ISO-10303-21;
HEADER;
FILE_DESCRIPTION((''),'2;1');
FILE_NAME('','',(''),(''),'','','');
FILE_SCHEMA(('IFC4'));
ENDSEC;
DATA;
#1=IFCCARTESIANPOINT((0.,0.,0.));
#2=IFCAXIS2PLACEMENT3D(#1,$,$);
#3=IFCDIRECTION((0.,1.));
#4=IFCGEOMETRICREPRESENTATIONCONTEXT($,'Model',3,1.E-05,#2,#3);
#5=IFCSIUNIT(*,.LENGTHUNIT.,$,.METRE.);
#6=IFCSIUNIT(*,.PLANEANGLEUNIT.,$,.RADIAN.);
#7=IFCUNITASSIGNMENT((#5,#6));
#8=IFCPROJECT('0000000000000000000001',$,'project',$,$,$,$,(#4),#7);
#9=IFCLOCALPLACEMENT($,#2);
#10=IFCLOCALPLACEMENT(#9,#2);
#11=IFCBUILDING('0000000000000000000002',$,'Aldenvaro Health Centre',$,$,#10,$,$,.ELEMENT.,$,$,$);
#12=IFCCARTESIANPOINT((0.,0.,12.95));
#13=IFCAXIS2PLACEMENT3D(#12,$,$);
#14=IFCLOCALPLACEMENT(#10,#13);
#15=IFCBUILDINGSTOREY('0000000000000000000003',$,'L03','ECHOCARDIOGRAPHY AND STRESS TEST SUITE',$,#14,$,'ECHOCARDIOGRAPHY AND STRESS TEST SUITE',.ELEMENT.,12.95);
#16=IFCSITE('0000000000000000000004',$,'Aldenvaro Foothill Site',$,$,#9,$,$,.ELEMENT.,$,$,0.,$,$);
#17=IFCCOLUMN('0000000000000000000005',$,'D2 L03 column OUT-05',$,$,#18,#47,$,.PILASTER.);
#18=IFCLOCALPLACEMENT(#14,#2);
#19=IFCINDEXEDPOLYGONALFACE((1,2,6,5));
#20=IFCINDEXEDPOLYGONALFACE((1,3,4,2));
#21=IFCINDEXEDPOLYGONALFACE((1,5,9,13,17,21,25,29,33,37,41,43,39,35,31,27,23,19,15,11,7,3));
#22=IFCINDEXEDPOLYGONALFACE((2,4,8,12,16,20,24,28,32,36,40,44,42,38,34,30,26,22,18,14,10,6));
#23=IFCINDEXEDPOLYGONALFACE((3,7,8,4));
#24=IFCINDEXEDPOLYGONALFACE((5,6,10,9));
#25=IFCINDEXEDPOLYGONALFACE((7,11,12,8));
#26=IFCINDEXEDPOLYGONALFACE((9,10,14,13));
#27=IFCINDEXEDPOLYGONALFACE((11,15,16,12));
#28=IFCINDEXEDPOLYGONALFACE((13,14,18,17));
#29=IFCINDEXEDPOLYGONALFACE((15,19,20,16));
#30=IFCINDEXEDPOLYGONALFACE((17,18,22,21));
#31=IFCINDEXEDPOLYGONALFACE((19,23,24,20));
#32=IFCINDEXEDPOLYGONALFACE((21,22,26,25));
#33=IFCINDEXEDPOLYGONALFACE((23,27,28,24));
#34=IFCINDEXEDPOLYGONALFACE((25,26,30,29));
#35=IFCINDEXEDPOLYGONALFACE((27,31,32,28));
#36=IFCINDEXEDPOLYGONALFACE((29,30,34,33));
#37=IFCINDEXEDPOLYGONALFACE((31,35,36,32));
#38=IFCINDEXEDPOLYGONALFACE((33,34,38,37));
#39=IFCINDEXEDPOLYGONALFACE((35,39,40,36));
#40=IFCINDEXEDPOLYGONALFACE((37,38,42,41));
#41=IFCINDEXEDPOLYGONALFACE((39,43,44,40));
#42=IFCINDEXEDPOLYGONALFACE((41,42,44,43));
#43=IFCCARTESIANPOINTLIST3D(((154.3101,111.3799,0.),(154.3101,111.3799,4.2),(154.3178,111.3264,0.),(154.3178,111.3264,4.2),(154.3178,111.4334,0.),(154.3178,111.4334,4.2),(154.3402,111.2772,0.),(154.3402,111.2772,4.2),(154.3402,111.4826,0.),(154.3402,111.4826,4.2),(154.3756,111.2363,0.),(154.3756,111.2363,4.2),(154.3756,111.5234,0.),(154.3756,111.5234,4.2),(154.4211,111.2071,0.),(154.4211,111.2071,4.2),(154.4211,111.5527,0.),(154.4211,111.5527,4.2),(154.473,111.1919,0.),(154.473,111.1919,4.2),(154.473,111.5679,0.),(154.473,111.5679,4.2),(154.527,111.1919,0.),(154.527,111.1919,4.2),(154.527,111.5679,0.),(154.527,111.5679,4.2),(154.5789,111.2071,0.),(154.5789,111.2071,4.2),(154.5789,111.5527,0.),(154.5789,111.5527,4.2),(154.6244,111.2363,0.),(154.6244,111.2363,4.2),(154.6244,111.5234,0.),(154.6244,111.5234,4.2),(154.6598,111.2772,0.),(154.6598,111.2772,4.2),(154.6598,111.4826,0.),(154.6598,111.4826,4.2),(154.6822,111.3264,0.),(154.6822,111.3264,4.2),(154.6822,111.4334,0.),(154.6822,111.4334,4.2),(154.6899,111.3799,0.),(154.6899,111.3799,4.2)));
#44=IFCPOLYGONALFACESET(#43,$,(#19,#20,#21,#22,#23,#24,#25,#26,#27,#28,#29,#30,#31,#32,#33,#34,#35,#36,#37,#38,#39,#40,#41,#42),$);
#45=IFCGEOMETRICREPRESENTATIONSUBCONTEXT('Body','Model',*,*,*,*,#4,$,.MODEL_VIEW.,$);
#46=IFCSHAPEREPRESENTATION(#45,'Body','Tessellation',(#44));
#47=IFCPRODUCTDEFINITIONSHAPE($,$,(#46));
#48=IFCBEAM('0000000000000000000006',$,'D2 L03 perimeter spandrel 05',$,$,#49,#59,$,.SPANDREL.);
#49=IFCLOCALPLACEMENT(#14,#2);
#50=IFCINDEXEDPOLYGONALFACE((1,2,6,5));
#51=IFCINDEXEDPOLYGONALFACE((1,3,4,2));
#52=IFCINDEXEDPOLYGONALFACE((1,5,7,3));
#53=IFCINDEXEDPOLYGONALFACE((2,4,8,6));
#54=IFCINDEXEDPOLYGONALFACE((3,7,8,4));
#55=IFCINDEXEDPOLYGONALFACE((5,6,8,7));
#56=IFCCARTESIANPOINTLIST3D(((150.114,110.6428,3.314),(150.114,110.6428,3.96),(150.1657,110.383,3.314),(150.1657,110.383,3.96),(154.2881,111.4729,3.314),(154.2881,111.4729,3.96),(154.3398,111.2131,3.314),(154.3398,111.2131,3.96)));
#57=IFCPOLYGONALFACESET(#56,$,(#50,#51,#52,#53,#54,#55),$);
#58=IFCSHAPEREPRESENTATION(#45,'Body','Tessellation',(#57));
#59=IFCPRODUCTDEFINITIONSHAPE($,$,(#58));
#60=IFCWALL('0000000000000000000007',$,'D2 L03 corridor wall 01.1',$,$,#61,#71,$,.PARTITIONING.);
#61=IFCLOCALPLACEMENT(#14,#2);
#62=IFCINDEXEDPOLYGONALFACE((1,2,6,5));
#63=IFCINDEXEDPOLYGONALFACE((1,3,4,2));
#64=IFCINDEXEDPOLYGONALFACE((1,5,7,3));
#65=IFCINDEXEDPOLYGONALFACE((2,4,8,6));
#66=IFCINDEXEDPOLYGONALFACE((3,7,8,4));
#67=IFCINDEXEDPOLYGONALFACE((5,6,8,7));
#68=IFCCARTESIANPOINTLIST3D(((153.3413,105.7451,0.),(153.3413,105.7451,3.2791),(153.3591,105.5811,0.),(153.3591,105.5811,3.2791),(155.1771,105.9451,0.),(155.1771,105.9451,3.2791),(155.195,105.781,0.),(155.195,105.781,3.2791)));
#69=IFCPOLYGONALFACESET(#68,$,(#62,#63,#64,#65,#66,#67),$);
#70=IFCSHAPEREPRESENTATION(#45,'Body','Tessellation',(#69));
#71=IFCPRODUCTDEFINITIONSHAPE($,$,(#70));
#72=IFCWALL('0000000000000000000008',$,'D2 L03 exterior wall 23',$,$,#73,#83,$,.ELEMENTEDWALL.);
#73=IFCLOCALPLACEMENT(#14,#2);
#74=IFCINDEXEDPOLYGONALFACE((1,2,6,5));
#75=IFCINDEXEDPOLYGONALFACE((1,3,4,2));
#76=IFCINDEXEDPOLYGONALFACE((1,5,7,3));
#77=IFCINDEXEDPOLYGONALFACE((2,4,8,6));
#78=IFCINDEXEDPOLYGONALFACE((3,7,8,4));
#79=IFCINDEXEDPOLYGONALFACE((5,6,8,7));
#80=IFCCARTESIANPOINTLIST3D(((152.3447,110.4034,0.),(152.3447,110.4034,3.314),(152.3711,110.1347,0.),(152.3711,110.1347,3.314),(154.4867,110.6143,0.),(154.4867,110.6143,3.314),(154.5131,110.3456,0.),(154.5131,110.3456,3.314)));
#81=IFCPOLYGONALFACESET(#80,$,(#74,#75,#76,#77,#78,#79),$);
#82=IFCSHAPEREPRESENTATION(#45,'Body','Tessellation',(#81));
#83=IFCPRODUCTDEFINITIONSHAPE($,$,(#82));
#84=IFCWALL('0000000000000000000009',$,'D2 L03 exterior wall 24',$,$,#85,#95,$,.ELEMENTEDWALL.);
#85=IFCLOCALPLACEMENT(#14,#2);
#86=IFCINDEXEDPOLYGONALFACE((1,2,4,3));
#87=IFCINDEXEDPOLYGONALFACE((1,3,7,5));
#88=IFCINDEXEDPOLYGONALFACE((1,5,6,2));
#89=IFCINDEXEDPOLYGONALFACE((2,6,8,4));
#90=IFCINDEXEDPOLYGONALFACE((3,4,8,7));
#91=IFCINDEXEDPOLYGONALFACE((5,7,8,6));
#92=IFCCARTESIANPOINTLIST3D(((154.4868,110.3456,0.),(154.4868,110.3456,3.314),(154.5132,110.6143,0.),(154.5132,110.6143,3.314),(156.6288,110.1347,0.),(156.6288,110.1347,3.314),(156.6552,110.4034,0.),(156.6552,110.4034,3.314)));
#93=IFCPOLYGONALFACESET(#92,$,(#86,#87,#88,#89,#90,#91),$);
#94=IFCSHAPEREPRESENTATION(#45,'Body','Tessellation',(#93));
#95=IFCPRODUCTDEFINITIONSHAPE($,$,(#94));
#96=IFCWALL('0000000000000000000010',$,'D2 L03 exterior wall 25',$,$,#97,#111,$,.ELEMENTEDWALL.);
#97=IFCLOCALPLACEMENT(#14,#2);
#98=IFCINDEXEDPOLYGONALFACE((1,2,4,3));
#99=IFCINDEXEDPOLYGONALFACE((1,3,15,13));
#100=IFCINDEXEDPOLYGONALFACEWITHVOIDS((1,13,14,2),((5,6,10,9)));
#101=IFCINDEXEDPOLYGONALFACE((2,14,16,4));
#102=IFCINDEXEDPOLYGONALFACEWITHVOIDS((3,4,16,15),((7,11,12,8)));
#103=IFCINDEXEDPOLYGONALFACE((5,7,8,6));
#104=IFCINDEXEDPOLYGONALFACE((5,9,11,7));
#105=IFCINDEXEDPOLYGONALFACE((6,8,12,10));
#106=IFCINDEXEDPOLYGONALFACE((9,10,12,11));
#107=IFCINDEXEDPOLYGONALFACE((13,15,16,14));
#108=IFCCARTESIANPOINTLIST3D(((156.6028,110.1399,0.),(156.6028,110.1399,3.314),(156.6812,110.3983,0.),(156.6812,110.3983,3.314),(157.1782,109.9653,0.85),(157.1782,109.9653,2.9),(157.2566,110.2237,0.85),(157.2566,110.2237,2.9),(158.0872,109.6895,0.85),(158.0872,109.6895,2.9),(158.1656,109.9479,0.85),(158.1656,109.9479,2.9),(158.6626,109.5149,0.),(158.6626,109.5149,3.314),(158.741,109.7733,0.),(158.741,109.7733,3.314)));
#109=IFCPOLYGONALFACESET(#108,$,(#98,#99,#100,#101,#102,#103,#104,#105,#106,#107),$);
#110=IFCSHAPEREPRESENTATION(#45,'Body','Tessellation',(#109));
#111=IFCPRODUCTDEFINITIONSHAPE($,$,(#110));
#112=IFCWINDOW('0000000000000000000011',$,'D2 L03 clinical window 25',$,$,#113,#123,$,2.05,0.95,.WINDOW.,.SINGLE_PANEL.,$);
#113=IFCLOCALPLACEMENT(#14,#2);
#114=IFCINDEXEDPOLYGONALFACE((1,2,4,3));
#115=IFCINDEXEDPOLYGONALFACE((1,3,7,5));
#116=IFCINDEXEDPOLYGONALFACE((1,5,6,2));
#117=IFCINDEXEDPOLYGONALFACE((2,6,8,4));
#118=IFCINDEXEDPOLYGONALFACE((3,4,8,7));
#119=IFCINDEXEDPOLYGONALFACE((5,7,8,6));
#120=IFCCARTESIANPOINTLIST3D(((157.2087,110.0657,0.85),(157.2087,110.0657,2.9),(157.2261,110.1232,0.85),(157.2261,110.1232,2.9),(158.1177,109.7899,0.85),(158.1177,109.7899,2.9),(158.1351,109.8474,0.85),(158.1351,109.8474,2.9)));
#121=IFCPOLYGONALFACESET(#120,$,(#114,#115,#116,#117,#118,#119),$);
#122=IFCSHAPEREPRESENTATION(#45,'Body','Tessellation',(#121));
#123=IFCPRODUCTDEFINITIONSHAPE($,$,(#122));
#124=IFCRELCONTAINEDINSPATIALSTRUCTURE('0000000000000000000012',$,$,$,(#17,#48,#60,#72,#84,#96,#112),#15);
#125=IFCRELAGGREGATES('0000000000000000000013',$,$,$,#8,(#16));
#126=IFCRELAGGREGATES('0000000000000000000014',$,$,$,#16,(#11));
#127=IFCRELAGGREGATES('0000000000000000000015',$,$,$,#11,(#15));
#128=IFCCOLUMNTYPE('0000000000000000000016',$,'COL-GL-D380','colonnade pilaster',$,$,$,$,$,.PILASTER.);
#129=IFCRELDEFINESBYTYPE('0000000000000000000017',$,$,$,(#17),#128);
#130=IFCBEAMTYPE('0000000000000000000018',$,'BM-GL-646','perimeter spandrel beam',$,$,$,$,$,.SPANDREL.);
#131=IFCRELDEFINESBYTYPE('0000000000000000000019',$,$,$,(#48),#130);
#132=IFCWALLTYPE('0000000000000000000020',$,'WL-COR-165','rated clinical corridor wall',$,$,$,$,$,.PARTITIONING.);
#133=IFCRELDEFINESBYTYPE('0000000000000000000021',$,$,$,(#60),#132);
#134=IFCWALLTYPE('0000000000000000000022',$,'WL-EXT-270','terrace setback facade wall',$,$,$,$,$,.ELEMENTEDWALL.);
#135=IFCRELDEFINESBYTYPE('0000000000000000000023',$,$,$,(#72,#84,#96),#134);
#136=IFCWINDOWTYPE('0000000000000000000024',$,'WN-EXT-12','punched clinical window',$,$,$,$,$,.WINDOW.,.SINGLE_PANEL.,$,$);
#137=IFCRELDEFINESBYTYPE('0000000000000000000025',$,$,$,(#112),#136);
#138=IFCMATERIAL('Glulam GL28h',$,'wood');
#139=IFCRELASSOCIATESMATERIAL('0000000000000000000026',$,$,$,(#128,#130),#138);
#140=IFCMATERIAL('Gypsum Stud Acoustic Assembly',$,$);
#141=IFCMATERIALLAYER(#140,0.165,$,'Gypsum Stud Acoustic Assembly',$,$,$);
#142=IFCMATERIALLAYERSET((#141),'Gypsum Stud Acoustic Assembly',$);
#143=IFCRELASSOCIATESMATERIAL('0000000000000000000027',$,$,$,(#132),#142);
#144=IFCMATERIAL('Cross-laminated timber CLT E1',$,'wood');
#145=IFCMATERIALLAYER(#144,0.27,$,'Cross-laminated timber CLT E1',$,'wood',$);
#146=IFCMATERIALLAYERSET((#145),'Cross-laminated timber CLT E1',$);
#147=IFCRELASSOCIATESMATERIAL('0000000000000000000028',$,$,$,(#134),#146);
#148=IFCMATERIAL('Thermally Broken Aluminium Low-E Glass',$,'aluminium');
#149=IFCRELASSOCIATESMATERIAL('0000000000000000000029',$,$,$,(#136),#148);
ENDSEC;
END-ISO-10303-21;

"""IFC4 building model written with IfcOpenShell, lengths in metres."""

from ifc_helpers import new_model, si_unit, direction, frame, frame_2d, origin, origin_2d, place, context, subcontext, project, spatial, rectangle, circle, extrude, material, layer, layer_set, material_profile, profile_set, type_object, element, fill, save


model = new_model("IFC4")

# Units and contexts
model_context = context("Model", 3, precision=1e-05, world=origin(), true_north=direction((0.0, 1.0)))
body_context = subcontext(model_context, "Body", "Model", "MODEL_VIEW")
ifc_project = project(units=[si_unit("LENGTHUNIT", "METRE"), si_unit("PLANEANGLEUNIT", "RADIAN")], contexts=[model_context])

# Site, building, storey
site_placement = place(None, origin())
site = spatial("IfcSite", under=ifc_project, at=site_placement, Name="Aldenvaro Foothill Site", CompositionType="ELEMENT", RefElevation=0.0)
building_placement = place(site_placement, origin())
building = spatial("IfcBuilding", under=site, at=building_placement, Name="Aldenvaro Health Centre", CompositionType="ELEMENT")
storey_placement = place(building_placement, frame((0.0, 0.0, 12.95)))
storey = spatial("IfcBuildingStorey", under=building, at=storey_placement, Name="L03", Description="ECHOCARDIOGRAPHY AND STRESS TEST SUITE", LongName="ECHOCARDIOGRAPHY AND STRESS TEST SUITE", CompositionType="ELEMENT", Elevation=12.95)

# Column
ifc_material_1 = material(Name="Glulam GL28h", Category="wood")
ifc_material_profile_1 = material_profile(ifc_material_1, circle(Radius=0.1899, at=origin_2d()), Name="GL D380", Category="wood")
ifc_profile_set_1 = profile_set([ifc_material_profile_1], Name="Glulam GL28h")
column_type = type_object("IfcColumnType", Name="COL-GL-D380", Description="colonnade pilaster", PredefinedType="PILASTER", material=ifc_profile_set_1)
column_placement = place(storey_placement, frame((154.5, 111.3799, 0.0), z_axis=(0.0, 0.0, 1.0), x_axis=(1.0, 0.0, 0.0)))
element("IfcColumn", 1, at=column_placement, inside=storey, type_object=column_type, Name="D2 L03 column OUT-05", PredefinedType="PILASTER", context=body_context, shape_type="SweptSolid", body=[
    extrude(circle(Radius=0.1899, at=origin_2d()), origin(), (0.0, 0.0, 1.0), 4.2),
])

# Beam
ifc_material_profile_2 = material_profile(ifc_material_1, rectangle(XDim=0.2649, YDim=0.646, at=origin_2d()), Name="GL 265x646", Category="wood")
ifc_profile_set_2 = profile_set([ifc_material_profile_2], Name="Glulam GL28h")
beam_type = type_object("IfcBeamType", Name="BM-GL-646", Description="perimeter spandrel beam", PredefinedType="SPANDREL", material=ifc_profile_set_2)
beam_placement = place(storey_placement, frame((154.314, 111.343, 3.637), z_axis=(-0.980794, -0.195046, 0.0), x_axis=(0.195046, -0.980794, 0.0)))
element("IfcBeam", 2, at=beam_placement, inside=storey, type_object=beam_type, Name="D2 L03 perimeter spandrel 05", PredefinedType="SPANDREL", context=body_context, shape_type="SweptSolid", body=[
    extrude(rectangle(XDim=0.2649, YDim=0.646, at=origin_2d()), origin(), (0.0, 0.0, 1.0), 4.2559),
])

# Walls
ifc_material_2 = material(Name="Gypsum Stud Acoustic Assembly")
ifc_layer_1 = layer(ifc_material_2, 0.165, Name="Gypsum Stud Acoustic Assembly")
ifc_layer_set_1 = layer_set([ifc_layer_1], Name="Gypsum Stud Acoustic Assembly")
wall_type_1 = type_object("IfcWallType", Name="WL-COR-165", Description="rated clinical corridor wall", PredefinedType="PARTITIONING", material=ifc_layer_set_1)
wall_1_placement = place(storey_placement, frame((155.186, 105.863, 0.0), z_axis=(0.0, 0.0, 1.0), x_axis=(-0.994122, -0.108269, 0.0)))
element("IfcWall", 3, at=wall_1_placement, inside=storey, type_object=wall_type_1, Name="D2 L03 corridor wall 01.1", PredefinedType="PARTITIONING", context=body_context, shape_type="SweptSolid", body=[
    extrude(rectangle(XDim=1.8467, YDim=0.165, at=frame_2d((0.9233, 0.0))), origin(), (0.0, 0.0, 1.0), 3.2791),
])
ifc_material_3 = material(Name="Cross-laminated timber CLT E1", Category="wood")
ifc_layer_2 = layer(ifc_material_3, 0.27, Name="Cross-laminated timber CLT E1", Category="wood")
ifc_layer_set_2 = layer_set([ifc_layer_2], Name="Cross-laminated timber CLT E1")
wall_type_2 = type_object("IfcWallType", Name="WL-EXT-270", Description="terrace setback facade wall", PredefinedType="ELEMENTEDWALL", material=ifc_layer_set_2)
for number, where, z_axis, x_axis, name in (
    (4, (152.3579, 110.269, 0.0), (0.0, 0.0, 1.0), (0.995187, 0.097999, 0.0), "D2 L03 exterior wall 23"),
    (5, (154.5, 110.48, 0.0), (0.0, 0.0, 1.0), (0.995187, -0.097999, 0.0), "D2 L03 exterior wall 24"),
):
    element("IfcWall", number, at=place(storey_placement, frame(where, z_axis=z_axis, x_axis=x_axis)), inside=storey, type_object=wall_type_2, Name=name, PredefinedType="ELEMENTEDWALL", context=body_context, shape_type="SweptSolid", body=[
        extrude(rectangle(XDim=2.1523, YDim=0.27, at=frame_2d((1.0762, 0.0))), origin(), (0.0, 0.0, 1.0), 3.314),
    ])

# Wall, opening, window
wall_2_placement = place(storey_placement, frame((156.6421, 110.269, 0.0), z_axis=(0.0, 0.0, 1.0), x_axis=(0.956919, -0.290354, 0.0)))
wall_2 = element("IfcWall", 6, at=wall_2_placement, inside=storey, type_object=wall_type_2, Name="D2 L03 exterior wall 25", PredefinedType="ELEMENTEDWALL", context=body_context, shape_type="SweptSolid", body=[
    extrude(rectangle(XDim=2.1526, YDim=0.27, at=frame_2d((1.0762, 0.0))), origin(), (0.0, 0.0, 1.0), 3.314),
])
opening_placement = place(wall_2_placement, frame((0.6011, 0.0, 0.8501)))
opening = element("IfcOpeningElement", 7, at=opening_placement, cuts=wall_2, PredefinedType="OPENING", context=body_context, shape_type="SweptSolid", body=[
    extrude(rectangle(XDim=0.95, YDim=2.05, at=frame_2d((0.4751, 1.0249))), frame((0.0, 0.145, 0.0), z_axis=(0.0, -1.0, 0.0), x_axis=(1.0, 0.0, 0.0)), (0.0, 0.0, 1.0), 0.29),
])
ifc_material_4 = material(Name="Thermally Broken Aluminium Low-E Glass", Category="aluminium")
window_type = type_object("IfcWindowType", Name="WN-EXT-12", Description="punched clinical window", PartitioningType="SINGLE_PANEL", PredefinedType="WINDOW", material=ifc_material_4)
window_placement = place(opening_placement, origin())
window = element("IfcWindow", 8, at=window_placement, inside=storey, type_object=window_type, Name="D2 L03 clinical window 25", OverallHeight=2.05, OverallWidth=0.95, PartitioningType="SINGLE_PANEL", PredefinedType="WINDOW", context=body_context, shape_type="SweptSolid", body=[
    extrude(rectangle(XDim=0.95, YDim=2.05, at=frame_2d((0.4751, 1.0249))), frame((0.0, 0.03, 0.0), z_axis=(0.0, -1.0, 0.0), x_axis=(1.0, 0.0, 0.0)), (0.0, 0.0, 1.0), 0.0601),
])
fill(opening, window)

save(model, "model.ifc")
